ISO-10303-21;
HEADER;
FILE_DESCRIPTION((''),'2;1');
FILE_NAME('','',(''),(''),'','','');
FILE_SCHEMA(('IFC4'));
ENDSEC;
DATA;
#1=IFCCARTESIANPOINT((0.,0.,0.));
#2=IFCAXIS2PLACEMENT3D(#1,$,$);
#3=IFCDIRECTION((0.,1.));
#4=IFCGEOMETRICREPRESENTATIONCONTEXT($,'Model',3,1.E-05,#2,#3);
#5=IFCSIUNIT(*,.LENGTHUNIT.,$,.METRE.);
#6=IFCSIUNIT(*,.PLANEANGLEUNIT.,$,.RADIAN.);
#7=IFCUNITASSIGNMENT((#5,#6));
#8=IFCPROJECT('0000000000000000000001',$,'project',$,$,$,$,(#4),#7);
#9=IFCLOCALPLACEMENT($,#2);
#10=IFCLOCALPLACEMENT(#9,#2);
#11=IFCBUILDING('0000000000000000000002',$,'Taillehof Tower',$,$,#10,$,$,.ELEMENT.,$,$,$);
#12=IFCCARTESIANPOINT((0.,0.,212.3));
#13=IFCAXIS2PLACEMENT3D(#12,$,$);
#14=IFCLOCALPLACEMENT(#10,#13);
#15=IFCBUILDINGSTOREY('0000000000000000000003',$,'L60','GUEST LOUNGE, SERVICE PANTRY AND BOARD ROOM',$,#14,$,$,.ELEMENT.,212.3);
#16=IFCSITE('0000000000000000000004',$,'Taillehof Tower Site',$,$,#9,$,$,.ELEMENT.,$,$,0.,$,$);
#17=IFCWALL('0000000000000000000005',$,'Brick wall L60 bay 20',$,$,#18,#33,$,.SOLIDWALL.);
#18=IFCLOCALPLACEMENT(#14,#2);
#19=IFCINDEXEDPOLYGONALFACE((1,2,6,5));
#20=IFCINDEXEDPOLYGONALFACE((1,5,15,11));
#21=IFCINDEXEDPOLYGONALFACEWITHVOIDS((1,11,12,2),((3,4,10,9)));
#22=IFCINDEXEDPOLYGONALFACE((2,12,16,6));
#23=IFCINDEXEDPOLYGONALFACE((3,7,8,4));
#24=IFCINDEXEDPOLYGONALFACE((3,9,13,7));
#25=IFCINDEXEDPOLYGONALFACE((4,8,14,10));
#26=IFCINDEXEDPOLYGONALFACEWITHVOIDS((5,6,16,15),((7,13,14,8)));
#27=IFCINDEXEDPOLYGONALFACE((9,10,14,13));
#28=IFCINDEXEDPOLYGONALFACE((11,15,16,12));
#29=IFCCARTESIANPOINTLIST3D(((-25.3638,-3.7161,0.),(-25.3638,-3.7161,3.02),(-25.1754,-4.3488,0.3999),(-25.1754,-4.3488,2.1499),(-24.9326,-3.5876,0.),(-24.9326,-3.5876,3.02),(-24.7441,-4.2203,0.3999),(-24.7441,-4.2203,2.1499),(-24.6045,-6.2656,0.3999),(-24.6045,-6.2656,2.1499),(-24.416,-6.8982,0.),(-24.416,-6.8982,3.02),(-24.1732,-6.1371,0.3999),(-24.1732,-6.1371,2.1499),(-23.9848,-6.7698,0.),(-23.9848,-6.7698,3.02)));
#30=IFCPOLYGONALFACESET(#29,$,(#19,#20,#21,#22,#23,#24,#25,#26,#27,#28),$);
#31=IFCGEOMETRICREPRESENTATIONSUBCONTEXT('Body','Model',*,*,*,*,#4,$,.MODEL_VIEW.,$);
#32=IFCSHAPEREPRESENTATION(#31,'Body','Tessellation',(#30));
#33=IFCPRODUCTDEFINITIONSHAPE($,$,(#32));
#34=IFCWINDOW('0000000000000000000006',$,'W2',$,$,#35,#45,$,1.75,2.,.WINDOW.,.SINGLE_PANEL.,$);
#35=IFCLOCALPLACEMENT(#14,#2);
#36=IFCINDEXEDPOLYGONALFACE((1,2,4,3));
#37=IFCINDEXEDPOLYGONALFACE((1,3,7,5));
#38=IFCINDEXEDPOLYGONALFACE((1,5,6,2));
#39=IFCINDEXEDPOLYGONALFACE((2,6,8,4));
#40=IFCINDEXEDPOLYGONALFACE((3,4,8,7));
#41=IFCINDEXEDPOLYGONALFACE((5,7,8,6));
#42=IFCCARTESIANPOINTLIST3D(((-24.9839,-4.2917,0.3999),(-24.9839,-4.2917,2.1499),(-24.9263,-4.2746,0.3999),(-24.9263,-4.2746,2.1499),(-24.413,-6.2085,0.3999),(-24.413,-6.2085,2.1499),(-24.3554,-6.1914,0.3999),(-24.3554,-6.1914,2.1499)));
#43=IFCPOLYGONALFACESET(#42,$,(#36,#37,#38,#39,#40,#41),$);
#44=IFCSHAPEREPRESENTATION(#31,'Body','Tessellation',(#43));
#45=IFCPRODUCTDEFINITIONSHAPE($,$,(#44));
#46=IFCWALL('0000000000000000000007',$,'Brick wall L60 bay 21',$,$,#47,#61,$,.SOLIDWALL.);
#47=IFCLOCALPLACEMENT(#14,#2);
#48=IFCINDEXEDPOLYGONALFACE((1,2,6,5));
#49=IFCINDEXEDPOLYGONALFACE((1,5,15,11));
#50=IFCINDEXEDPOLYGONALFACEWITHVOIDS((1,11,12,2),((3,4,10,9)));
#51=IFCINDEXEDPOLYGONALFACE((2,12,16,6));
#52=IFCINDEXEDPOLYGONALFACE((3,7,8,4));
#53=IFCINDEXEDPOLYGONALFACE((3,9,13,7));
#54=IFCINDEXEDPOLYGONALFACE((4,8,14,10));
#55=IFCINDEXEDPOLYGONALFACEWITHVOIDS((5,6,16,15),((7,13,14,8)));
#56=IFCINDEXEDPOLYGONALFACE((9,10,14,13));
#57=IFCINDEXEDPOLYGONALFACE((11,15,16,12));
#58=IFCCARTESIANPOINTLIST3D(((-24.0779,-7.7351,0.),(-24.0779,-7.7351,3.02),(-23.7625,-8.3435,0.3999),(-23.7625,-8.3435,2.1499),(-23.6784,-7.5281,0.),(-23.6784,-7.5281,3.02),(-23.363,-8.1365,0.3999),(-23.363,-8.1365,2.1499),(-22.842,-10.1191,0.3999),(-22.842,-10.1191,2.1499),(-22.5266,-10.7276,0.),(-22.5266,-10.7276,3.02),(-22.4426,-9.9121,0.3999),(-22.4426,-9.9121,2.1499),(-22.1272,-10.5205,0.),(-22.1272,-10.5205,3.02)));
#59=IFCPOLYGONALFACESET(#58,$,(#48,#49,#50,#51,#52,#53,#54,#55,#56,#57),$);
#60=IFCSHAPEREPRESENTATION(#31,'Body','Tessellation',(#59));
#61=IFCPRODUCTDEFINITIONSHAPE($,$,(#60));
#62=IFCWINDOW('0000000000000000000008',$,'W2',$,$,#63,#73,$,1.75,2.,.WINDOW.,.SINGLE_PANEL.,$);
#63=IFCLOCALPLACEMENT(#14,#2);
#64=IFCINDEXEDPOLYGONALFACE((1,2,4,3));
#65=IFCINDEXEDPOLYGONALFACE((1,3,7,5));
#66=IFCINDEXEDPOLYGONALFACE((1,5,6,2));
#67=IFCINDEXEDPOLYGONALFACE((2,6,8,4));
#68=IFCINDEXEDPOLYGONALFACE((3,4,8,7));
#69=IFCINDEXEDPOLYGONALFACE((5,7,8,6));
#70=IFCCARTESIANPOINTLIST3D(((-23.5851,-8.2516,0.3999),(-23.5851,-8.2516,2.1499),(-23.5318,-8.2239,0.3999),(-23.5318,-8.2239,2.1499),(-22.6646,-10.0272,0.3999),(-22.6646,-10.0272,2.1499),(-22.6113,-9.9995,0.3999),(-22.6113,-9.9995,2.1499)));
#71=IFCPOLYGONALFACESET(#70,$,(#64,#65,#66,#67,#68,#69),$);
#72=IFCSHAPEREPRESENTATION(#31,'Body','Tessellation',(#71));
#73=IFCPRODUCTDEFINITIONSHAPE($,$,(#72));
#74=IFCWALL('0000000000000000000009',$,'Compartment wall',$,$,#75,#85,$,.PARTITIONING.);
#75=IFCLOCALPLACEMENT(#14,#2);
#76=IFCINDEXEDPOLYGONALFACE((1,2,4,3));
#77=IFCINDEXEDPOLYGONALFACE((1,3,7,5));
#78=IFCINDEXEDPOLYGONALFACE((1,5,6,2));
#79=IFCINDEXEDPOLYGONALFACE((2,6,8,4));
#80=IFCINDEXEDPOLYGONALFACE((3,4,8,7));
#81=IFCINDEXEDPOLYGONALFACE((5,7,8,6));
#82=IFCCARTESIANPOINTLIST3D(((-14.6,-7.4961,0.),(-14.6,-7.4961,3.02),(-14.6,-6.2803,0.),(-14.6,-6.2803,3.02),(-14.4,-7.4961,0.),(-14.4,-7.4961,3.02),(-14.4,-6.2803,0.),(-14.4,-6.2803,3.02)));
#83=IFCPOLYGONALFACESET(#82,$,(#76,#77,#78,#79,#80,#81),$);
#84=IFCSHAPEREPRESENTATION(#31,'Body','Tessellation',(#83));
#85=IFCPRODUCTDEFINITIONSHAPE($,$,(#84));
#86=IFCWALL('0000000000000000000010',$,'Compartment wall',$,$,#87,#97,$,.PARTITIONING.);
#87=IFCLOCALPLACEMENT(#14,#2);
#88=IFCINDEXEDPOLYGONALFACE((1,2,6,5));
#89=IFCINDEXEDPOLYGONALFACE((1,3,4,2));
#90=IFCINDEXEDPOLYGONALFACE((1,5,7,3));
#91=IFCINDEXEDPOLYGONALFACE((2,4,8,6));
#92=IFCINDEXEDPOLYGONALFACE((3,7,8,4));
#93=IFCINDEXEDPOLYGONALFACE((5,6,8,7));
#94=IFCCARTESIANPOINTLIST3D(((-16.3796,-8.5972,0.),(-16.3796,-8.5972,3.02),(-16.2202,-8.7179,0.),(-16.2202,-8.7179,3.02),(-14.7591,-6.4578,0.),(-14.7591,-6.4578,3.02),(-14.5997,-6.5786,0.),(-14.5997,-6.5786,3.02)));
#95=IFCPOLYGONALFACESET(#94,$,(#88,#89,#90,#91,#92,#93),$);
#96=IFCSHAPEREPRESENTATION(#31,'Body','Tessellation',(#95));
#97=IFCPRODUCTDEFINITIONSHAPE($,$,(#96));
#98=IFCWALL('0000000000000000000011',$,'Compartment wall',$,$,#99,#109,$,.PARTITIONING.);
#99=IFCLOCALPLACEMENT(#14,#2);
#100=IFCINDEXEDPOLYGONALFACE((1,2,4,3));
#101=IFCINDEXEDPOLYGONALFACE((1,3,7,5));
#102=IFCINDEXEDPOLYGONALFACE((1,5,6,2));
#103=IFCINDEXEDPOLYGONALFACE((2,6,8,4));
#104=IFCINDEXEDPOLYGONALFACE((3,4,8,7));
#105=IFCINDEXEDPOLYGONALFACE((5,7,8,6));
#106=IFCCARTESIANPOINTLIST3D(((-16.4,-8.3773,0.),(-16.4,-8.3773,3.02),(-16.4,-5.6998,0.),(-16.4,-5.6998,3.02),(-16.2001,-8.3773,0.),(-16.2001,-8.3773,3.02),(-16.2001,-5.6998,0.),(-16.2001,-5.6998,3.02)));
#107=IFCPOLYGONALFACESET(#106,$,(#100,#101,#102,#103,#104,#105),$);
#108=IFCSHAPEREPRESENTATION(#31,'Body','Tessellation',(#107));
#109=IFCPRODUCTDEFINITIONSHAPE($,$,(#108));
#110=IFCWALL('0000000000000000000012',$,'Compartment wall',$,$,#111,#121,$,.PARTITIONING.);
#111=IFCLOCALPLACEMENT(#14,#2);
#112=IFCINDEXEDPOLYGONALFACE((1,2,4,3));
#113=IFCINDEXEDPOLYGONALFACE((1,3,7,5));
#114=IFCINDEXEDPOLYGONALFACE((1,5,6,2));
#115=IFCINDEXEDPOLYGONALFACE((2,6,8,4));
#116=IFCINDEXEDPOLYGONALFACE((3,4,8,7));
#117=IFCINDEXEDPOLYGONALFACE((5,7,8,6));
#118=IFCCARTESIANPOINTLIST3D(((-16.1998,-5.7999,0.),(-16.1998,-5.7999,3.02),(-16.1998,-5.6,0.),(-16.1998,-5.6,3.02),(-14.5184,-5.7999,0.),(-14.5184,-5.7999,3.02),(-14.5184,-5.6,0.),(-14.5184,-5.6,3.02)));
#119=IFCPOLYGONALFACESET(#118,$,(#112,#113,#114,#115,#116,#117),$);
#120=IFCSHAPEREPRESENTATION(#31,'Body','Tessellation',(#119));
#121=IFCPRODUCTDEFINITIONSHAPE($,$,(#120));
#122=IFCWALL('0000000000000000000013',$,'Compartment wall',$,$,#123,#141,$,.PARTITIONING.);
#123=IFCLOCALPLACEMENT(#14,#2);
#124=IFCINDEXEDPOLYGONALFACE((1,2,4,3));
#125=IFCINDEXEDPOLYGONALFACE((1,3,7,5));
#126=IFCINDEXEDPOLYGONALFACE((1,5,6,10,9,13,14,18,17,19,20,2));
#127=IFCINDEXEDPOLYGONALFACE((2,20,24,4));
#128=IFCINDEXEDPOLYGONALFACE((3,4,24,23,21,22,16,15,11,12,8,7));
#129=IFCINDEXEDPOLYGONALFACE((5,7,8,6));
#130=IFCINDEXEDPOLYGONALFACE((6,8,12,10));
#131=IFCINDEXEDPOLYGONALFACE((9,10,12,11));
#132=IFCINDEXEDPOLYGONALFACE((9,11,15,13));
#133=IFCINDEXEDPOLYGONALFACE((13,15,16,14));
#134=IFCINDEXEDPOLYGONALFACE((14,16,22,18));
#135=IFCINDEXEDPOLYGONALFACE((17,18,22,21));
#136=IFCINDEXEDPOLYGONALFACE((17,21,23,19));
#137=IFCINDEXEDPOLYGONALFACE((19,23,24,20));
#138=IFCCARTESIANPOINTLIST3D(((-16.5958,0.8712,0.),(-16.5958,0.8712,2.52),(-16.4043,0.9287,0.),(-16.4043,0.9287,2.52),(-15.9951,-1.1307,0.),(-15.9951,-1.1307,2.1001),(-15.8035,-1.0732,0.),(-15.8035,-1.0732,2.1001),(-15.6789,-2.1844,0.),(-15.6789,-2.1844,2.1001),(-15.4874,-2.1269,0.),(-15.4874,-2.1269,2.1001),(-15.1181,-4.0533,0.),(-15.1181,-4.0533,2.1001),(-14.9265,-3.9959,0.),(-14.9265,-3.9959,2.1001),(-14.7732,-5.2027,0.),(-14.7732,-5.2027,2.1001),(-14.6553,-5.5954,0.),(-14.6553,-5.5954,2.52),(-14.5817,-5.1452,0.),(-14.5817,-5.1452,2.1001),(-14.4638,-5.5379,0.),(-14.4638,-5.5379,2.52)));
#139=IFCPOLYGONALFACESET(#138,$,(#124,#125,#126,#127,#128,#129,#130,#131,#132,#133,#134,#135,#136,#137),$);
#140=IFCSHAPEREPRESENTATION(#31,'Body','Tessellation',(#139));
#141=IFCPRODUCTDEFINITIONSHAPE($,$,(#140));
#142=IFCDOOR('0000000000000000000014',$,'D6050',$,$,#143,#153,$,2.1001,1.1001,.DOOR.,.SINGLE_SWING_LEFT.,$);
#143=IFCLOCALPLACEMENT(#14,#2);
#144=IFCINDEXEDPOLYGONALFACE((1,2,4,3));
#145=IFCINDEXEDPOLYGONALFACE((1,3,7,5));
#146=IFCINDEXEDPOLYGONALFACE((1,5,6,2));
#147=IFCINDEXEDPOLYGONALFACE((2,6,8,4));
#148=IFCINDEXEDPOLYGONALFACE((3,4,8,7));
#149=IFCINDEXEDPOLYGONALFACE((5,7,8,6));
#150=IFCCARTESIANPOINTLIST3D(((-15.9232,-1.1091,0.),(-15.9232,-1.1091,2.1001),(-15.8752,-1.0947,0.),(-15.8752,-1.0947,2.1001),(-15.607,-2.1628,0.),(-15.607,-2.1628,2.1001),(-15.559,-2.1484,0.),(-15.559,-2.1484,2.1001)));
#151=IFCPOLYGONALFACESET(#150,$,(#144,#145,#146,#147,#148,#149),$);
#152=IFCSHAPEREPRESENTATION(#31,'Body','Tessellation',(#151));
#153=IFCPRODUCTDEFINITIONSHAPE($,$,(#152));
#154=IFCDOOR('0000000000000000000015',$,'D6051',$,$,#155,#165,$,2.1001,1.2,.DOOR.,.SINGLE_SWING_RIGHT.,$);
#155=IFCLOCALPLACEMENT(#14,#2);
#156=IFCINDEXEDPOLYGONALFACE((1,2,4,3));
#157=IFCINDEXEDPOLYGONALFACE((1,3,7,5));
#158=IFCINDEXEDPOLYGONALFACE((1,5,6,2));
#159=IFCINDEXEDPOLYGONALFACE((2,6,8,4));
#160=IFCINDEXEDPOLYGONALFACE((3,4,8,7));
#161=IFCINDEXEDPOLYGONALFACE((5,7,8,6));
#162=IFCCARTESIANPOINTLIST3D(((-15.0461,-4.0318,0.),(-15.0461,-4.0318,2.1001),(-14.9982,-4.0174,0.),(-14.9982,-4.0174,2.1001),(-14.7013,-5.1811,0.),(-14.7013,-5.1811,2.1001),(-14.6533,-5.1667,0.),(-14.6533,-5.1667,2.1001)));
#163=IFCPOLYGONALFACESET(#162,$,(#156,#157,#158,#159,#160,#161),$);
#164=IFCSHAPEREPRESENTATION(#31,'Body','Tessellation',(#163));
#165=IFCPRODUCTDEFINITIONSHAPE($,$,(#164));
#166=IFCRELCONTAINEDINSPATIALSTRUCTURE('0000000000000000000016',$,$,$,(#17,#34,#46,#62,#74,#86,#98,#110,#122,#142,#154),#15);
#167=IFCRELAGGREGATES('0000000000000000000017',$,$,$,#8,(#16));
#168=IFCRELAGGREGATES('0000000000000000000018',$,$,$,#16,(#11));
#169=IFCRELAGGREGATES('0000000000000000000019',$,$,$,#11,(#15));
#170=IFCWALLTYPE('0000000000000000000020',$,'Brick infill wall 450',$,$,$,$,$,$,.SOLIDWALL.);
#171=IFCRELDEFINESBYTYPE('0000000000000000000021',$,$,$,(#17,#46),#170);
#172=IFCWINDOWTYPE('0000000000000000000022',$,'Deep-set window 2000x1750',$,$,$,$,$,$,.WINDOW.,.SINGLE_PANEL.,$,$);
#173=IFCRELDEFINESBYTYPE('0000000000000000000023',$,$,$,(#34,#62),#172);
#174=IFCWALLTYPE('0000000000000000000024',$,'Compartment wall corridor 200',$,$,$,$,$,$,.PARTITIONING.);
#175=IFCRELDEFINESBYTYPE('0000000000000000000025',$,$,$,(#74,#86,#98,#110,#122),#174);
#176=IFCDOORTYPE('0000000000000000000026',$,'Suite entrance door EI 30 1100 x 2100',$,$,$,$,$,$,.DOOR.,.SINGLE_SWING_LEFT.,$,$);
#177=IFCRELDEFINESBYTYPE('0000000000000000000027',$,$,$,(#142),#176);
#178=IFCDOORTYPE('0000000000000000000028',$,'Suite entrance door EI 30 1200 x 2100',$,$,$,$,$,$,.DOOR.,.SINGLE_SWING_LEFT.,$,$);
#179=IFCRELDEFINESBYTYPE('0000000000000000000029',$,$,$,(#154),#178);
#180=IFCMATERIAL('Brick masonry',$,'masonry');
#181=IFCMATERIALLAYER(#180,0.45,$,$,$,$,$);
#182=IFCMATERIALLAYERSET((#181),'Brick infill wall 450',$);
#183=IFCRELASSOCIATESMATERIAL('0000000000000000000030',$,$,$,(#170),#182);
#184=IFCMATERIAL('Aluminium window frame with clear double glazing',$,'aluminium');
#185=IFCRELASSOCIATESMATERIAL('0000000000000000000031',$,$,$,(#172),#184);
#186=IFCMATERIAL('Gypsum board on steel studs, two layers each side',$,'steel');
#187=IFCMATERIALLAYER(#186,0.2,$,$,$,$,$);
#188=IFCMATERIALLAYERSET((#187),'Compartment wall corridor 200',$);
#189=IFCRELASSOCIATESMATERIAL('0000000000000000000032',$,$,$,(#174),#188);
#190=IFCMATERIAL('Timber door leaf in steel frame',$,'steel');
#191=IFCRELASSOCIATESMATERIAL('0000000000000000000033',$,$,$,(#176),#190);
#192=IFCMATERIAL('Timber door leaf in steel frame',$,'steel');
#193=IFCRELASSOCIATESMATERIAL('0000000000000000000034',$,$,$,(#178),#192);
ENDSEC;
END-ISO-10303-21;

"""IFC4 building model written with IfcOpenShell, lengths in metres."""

from ifc_helpers import new_model, si_unit, direction, frame, frame_2d, origin, place, context, subcontext, project, spatial, rectangle, extrude, material, layer, layer_set, type_object, element, fill, save


model = new_model("IFC4")

# Units and contexts
model_context = context("Model", 3, precision=1e-05, world=origin(), true_north=direction((0.0, 1.0)))
body_context = subcontext(model_context, "Body", "Model", "MODEL_VIEW")
ifc_project = project(units=[si_unit("LENGTHUNIT", "METRE"), si_unit("PLANEANGLEUNIT", "RADIAN")], contexts=[model_context])

# Site, building, storey
site_placement = place(None, origin())
site = spatial("IfcSite", under=ifc_project, at=site_placement, Name="Taillehof Tower Site", CompositionType="ELEMENT", RefElevation=0.0)
building_placement = place(site_placement, origin())
building = spatial("IfcBuilding", under=site, at=building_placement, Name="Taillehof Tower", CompositionType="ELEMENT")
storey_placement = place(building_placement, frame((0.0, 0.0, 212.3)))
storey = spatial("IfcBuildingStorey", under=building, at=storey_placement, Name="L60", Description="GUEST LOUNGE, SERVICE PANTRY AND BOARD ROOM", CompositionType="ELEMENT", Elevation=212.3)

# Walls, openings, windows
ifc_material_1 = material(Name="Brick masonry", Category="masonry")
ifc_layer_1 = layer(ifc_material_1, 0.45)
ifc_layer_set_1 = layer_set([ifc_layer_1], Name="Brick infill wall 450")
wall_type_1 = type_object("IfcWallType", Name="Brick infill wall 450", PredefinedType="SOLIDWALL", material=ifc_layer_set_1)
ifc_material_2 = material(Name="Aluminium window frame with clear double glazing", Category="aluminium")
window_type = type_object("IfcWindowType", Name="Deep-set window 2000x1750", PartitioningType="SINGLE_PANEL", PredefinedType="WINDOW", material=ifc_material_2)
wall_1_placement = place(storey_placement, frame((-25.1482, -3.6519, 0.0), z_axis=(0.0, 0.0, 1.0), x_axis=(0.285445, -0.958395, 0.0)))
wall_1 = element("IfcWall", 1, at=wall_1_placement, inside=storey, type_object=wall_type_1, Name="Brick wall L60 bay 20", PredefinedType="SOLIDWALL", context=body_context, shape_type="SweptSolid", body=[
    extrude(rectangle(XDim=3.3203, YDim=0.45, at=frame_2d((1.6602, 0.0))), origin(), (0.0, 0.0, 1.0), 3.02),
])
opening_1_placement = place(wall_1_placement, frame((0.6602, 0.0, 0.3999)))
opening_1 = element("IfcOpeningElement", 2, at=opening_1_placement, cuts=wall_1, PredefinedType="OPENING", context=body_context, shape_type="SweptSolid", body=[
    extrude(rectangle(XDim=2.0, YDim=1.75, at=frame_2d((1.0, 0.875))), frame((0.0, 0.2349, 0.0), z_axis=(0.0, -1.0, 0.0), x_axis=(1.0, 0.0, 0.0)), (0.0, 0.0, 1.0), 0.47),
])
window_1_placement = place(opening_1_placement, origin())
window_1 = element("IfcWindow", 3, at=window_1_placement, inside=storey, type_object=window_type, Name="W2", OverallHeight=1.75, OverallWidth=2.0, PartitioningType="SINGLE_PANEL", PredefinedType="WINDOW", context=body_context, shape_type="SweptSolid", body=[
    extrude(rectangle(XDim=2.0, YDim=1.75, at=frame_2d((1.0, 0.875))), frame((0.0, 0.0349, 0.0), z_axis=(0.0, -1.0, 0.0), x_axis=(1.0, 0.0, 0.0)), (0.0, 0.0, 1.0), 0.0601),
])
fill(opening_1, window_1)
wall_2_placement = place(storey_placement, frame((-23.8782, -7.6316, 0.0), z_axis=(0.0, 0.0, 1.0), x_axis=(0.460233, -0.887798, 0.0)))
wall_2 = element("IfcWall", 4, at=wall_2_placement, inside=storey, type_object=wall_type_1, Name="Brick wall L60 bay 21", PredefinedType="SOLIDWALL", context=body_context, shape_type="SweptSolid", body=[
    extrude(rectangle(XDim=3.3706, YDim=0.45, at=frame_2d((1.6853, 0.0))), origin(), (0.0, 0.0, 1.0), 3.02),
])
opening_2_placement = place(wall_2_placement, frame((0.6853, 0.0, 0.3999)))
opening_2 = element("IfcOpeningElement", 5, at=opening_2_placement, cuts=wall_2, PredefinedType="OPENING", context=body_context, shape_type="SweptSolid", body=[
    extrude(rectangle(XDim=2.0, YDim=1.75, at=frame_2d((1.0, 0.875))), frame((0.0, 0.2349, 0.0), z_axis=(0.0, -1.0, 0.0), x_axis=(1.0, 0.0, 0.0)), (0.0, 0.0, 1.0), 0.47),
])
window_2_placement = place(opening_2_placement, origin())
window_2 = element("IfcWindow", 6, at=window_2_placement, inside=storey, type_object=window_type, Name="W2", OverallHeight=1.75, OverallWidth=2.0, PartitioningType="SINGLE_PANEL", PredefinedType="WINDOW", context=body_context, shape_type="SweptSolid", body=[
    extrude(rectangle(XDim=2.0, YDim=1.75, at=frame_2d((1.0, 0.875))), frame((0.0, 0.0349, 0.0), z_axis=(0.0, -1.0, 0.0), x_axis=(1.0, 0.0, 0.0)), (0.0, 0.0, 1.0), 0.0601),
])
fill(opening_2, window_2)

# Walls
ifc_material_3 = material(Name="Gypsum board on steel studs, two layers each side", Category="steel")
ifc_layer_2 = layer(ifc_material_3, 0.2)
ifc_layer_set_2 = layer_set([ifc_layer_2], Name="Compartment wall corridor 200")
wall_type_2 = type_object("IfcWallType", Name="Compartment wall corridor 200", PredefinedType="PARTITIONING", material=ifc_layer_set_2)
wall_3_placement = place(storey_placement, frame((-14.5, -7.4961, 0.0), z_axis=(0.0, 0.0, 1.0), x_axis=(0.0, 1.0, 0.0)))
element("IfcWall", 7, at=wall_3_placement, inside=storey, type_object=wall_type_2, Name="Compartment wall", PredefinedType="PARTITIONING", context=body_context, shape_type="SweptSolid", body=[
    extrude(rectangle(XDim=1.2158, YDim=0.2, at=frame_2d((0.6079, 0.0))), origin(), (0.0, 0.0, 1.0), 3.02),
])
wall_4_placement = place(storey_placement, frame((-14.6794, -6.5183, 0.0), z_axis=(0.0, 0.0, 1.0), x_axis=(-0.603821, -0.79712, 0.0)))
element("IfcWall", 8, at=wall_4_placement, inside=storey, type_object=wall_type_2, Name="Compartment wall", PredefinedType="PARTITIONING", context=body_context, shape_type="SweptSolid", body=[
    extrude(rectangle(XDim=2.6838, YDim=0.2, at=frame_2d((1.3418, 0.0))), origin(), (0.0, 0.0, 1.0), 3.02),
])
wall_5_placement = place(storey_placement, frame((-16.3, -8.3774, 0.0), z_axis=(0.0, 0.0, 1.0), x_axis=(0.0, 1.0, 0.0)))
element("IfcWall", 9, at=wall_5_placement, inside=storey, type_object=wall_type_2, Name="Compartment wall", PredefinedType="PARTITIONING", context=body_context, shape_type="SweptSolid", body=[
    extrude(rectangle(XDim=2.6775, YDim=0.2, at=frame_2d((1.3389, 0.0))), origin(), (0.0, 0.0, 1.0), 3.02),
])
wall_6_placement = place(storey_placement, frame((-16.2, -5.7, 0.0), z_axis=(0.0, 0.0, 1.0), x_axis=(1.0, 0.0, 0.0)))
element("IfcWall", 10, at=wall_6_placement, inside=storey, type_object=wall_type_2, Name="Compartment wall", PredefinedType="PARTITIONING", context=body_context, shape_type="SweptSolid", body=[
    extrude(rectangle(XDim=1.6814, YDim=0.2, at=frame_2d((0.8408, 0.0))), origin(), (0.0, 0.0, 1.0), 3.02),
])

# Wall, openings, doors
wall_7_placement = place(storey_placement, frame((-14.5596, -5.5667, 0.0), z_axis=(0.0, 0.0, 1.0), x_axis=(-0.287411, 0.957807, 0.0)))
wall_7 = element("IfcWall", 11, at=wall_7_placement, inside=storey, type_object=wall_type_2, Name="Compartment wall", PredefinedType="PARTITIONING", context=body_context, shape_type="SweptSolid", body=[
    extrude(rectangle(XDim=6.7515, YDim=0.2, at=frame_2d((3.3757, 0.0))), origin(), (0.0, 0.0, 1.0), 2.52),
])
opening_3_placement = place(wall_7_placement, frame((3.5613, 0.0, 0.0)))
opening_3 = element("IfcOpeningElement", 12, at=opening_3_placement, cuts=wall_7, PredefinedType="OPENING", context=body_context, shape_type="SweptSolid", body=[
    extrude(rectangle(XDim=1.1001, YDim=2.1001, at=frame_2d((0.55, 1.05))), frame((0.0, 0.1099, 0.0), z_axis=(0.0, -1.0, 0.0), x_axis=(1.0, 0.0, 0.0)), (0.0, 0.0, 1.0), 0.22),
])
opening_4_placement = place(wall_7_placement, frame((0.4099, 0.0, 0.0)))
opening_4 = element("IfcOpeningElement", 13, at=opening_4_placement, cuts=wall_7, PredefinedType="OPENING", context=body_context, shape_type="SweptSolid", body=[
    extrude(rectangle(XDim=1.2, YDim=2.1001, at=frame_2d((0.6001, 1.05))), frame((0.0, 0.1099, 0.0), z_axis=(0.0, -1.0, 0.0), x_axis=(1.0, 0.0, 0.0)), (0.0, 0.0, 1.0), 0.22),
])
ifc_material_4 = material(Name="Timber door leaf in steel frame", Category="steel")
door_type_1 = type_object("IfcDoorType", Name="Suite entrance door EI 30 1100 x 2100", OperationType="SINGLE_SWING_LEFT", PredefinedType="DOOR", material=ifc_material_4)
door_1_placement = place(opening_3_placement, origin())
door_1 = element("IfcDoor", 14, at=door_1_placement, inside=storey, type_object=door_type_1, Name="D6050", OperationType="SINGLE_SWING_LEFT", OverallHeight=2.1001, OverallWidth=1.1001, PredefinedType="DOOR", context=body_context, shape_type="SweptSolid", body=[
    extrude(rectangle(XDim=1.1001, YDim=2.1001, at=frame_2d((0.55, 1.05))), frame((0.0, 0.0249, 0.0), z_axis=(0.0, -1.0, 0.0), x_axis=(1.0, 0.0, 0.0)), (0.0, 0.0, 1.0), 0.05),
])
fill(opening_3, door_1)
ifc_material_5 = material(Name="Timber door leaf in steel frame", Category="steel")
door_type_2 = type_object("IfcDoorType", Name="Suite entrance door EI 30 1200 x 2100", OperationType="SINGLE_SWING_LEFT", PredefinedType="DOOR", material=ifc_material_5)
door_2_placement = place(opening_4_placement, origin())
door_2 = element("IfcDoor", 15, at=door_2_placement, inside=storey, type_object=door_type_2, Name="D6051", OperationType="SINGLE_SWING_RIGHT", OverallHeight=2.1001, OverallWidth=1.2, PredefinedType="DOOR", context=body_context, shape_type="SweptSolid", body=[
    extrude(rectangle(XDim=1.2, YDim=2.1001, at=frame_2d((0.6001, 1.05))), frame((0.0, 0.0249, 0.0), z_axis=(0.0, -1.0, 0.0), x_axis=(1.0, 0.0, 0.0)), (0.0, 0.0, 1.0), 0.05),
])
fill(opening_4, door_2)

save(model, "model.ifc")
